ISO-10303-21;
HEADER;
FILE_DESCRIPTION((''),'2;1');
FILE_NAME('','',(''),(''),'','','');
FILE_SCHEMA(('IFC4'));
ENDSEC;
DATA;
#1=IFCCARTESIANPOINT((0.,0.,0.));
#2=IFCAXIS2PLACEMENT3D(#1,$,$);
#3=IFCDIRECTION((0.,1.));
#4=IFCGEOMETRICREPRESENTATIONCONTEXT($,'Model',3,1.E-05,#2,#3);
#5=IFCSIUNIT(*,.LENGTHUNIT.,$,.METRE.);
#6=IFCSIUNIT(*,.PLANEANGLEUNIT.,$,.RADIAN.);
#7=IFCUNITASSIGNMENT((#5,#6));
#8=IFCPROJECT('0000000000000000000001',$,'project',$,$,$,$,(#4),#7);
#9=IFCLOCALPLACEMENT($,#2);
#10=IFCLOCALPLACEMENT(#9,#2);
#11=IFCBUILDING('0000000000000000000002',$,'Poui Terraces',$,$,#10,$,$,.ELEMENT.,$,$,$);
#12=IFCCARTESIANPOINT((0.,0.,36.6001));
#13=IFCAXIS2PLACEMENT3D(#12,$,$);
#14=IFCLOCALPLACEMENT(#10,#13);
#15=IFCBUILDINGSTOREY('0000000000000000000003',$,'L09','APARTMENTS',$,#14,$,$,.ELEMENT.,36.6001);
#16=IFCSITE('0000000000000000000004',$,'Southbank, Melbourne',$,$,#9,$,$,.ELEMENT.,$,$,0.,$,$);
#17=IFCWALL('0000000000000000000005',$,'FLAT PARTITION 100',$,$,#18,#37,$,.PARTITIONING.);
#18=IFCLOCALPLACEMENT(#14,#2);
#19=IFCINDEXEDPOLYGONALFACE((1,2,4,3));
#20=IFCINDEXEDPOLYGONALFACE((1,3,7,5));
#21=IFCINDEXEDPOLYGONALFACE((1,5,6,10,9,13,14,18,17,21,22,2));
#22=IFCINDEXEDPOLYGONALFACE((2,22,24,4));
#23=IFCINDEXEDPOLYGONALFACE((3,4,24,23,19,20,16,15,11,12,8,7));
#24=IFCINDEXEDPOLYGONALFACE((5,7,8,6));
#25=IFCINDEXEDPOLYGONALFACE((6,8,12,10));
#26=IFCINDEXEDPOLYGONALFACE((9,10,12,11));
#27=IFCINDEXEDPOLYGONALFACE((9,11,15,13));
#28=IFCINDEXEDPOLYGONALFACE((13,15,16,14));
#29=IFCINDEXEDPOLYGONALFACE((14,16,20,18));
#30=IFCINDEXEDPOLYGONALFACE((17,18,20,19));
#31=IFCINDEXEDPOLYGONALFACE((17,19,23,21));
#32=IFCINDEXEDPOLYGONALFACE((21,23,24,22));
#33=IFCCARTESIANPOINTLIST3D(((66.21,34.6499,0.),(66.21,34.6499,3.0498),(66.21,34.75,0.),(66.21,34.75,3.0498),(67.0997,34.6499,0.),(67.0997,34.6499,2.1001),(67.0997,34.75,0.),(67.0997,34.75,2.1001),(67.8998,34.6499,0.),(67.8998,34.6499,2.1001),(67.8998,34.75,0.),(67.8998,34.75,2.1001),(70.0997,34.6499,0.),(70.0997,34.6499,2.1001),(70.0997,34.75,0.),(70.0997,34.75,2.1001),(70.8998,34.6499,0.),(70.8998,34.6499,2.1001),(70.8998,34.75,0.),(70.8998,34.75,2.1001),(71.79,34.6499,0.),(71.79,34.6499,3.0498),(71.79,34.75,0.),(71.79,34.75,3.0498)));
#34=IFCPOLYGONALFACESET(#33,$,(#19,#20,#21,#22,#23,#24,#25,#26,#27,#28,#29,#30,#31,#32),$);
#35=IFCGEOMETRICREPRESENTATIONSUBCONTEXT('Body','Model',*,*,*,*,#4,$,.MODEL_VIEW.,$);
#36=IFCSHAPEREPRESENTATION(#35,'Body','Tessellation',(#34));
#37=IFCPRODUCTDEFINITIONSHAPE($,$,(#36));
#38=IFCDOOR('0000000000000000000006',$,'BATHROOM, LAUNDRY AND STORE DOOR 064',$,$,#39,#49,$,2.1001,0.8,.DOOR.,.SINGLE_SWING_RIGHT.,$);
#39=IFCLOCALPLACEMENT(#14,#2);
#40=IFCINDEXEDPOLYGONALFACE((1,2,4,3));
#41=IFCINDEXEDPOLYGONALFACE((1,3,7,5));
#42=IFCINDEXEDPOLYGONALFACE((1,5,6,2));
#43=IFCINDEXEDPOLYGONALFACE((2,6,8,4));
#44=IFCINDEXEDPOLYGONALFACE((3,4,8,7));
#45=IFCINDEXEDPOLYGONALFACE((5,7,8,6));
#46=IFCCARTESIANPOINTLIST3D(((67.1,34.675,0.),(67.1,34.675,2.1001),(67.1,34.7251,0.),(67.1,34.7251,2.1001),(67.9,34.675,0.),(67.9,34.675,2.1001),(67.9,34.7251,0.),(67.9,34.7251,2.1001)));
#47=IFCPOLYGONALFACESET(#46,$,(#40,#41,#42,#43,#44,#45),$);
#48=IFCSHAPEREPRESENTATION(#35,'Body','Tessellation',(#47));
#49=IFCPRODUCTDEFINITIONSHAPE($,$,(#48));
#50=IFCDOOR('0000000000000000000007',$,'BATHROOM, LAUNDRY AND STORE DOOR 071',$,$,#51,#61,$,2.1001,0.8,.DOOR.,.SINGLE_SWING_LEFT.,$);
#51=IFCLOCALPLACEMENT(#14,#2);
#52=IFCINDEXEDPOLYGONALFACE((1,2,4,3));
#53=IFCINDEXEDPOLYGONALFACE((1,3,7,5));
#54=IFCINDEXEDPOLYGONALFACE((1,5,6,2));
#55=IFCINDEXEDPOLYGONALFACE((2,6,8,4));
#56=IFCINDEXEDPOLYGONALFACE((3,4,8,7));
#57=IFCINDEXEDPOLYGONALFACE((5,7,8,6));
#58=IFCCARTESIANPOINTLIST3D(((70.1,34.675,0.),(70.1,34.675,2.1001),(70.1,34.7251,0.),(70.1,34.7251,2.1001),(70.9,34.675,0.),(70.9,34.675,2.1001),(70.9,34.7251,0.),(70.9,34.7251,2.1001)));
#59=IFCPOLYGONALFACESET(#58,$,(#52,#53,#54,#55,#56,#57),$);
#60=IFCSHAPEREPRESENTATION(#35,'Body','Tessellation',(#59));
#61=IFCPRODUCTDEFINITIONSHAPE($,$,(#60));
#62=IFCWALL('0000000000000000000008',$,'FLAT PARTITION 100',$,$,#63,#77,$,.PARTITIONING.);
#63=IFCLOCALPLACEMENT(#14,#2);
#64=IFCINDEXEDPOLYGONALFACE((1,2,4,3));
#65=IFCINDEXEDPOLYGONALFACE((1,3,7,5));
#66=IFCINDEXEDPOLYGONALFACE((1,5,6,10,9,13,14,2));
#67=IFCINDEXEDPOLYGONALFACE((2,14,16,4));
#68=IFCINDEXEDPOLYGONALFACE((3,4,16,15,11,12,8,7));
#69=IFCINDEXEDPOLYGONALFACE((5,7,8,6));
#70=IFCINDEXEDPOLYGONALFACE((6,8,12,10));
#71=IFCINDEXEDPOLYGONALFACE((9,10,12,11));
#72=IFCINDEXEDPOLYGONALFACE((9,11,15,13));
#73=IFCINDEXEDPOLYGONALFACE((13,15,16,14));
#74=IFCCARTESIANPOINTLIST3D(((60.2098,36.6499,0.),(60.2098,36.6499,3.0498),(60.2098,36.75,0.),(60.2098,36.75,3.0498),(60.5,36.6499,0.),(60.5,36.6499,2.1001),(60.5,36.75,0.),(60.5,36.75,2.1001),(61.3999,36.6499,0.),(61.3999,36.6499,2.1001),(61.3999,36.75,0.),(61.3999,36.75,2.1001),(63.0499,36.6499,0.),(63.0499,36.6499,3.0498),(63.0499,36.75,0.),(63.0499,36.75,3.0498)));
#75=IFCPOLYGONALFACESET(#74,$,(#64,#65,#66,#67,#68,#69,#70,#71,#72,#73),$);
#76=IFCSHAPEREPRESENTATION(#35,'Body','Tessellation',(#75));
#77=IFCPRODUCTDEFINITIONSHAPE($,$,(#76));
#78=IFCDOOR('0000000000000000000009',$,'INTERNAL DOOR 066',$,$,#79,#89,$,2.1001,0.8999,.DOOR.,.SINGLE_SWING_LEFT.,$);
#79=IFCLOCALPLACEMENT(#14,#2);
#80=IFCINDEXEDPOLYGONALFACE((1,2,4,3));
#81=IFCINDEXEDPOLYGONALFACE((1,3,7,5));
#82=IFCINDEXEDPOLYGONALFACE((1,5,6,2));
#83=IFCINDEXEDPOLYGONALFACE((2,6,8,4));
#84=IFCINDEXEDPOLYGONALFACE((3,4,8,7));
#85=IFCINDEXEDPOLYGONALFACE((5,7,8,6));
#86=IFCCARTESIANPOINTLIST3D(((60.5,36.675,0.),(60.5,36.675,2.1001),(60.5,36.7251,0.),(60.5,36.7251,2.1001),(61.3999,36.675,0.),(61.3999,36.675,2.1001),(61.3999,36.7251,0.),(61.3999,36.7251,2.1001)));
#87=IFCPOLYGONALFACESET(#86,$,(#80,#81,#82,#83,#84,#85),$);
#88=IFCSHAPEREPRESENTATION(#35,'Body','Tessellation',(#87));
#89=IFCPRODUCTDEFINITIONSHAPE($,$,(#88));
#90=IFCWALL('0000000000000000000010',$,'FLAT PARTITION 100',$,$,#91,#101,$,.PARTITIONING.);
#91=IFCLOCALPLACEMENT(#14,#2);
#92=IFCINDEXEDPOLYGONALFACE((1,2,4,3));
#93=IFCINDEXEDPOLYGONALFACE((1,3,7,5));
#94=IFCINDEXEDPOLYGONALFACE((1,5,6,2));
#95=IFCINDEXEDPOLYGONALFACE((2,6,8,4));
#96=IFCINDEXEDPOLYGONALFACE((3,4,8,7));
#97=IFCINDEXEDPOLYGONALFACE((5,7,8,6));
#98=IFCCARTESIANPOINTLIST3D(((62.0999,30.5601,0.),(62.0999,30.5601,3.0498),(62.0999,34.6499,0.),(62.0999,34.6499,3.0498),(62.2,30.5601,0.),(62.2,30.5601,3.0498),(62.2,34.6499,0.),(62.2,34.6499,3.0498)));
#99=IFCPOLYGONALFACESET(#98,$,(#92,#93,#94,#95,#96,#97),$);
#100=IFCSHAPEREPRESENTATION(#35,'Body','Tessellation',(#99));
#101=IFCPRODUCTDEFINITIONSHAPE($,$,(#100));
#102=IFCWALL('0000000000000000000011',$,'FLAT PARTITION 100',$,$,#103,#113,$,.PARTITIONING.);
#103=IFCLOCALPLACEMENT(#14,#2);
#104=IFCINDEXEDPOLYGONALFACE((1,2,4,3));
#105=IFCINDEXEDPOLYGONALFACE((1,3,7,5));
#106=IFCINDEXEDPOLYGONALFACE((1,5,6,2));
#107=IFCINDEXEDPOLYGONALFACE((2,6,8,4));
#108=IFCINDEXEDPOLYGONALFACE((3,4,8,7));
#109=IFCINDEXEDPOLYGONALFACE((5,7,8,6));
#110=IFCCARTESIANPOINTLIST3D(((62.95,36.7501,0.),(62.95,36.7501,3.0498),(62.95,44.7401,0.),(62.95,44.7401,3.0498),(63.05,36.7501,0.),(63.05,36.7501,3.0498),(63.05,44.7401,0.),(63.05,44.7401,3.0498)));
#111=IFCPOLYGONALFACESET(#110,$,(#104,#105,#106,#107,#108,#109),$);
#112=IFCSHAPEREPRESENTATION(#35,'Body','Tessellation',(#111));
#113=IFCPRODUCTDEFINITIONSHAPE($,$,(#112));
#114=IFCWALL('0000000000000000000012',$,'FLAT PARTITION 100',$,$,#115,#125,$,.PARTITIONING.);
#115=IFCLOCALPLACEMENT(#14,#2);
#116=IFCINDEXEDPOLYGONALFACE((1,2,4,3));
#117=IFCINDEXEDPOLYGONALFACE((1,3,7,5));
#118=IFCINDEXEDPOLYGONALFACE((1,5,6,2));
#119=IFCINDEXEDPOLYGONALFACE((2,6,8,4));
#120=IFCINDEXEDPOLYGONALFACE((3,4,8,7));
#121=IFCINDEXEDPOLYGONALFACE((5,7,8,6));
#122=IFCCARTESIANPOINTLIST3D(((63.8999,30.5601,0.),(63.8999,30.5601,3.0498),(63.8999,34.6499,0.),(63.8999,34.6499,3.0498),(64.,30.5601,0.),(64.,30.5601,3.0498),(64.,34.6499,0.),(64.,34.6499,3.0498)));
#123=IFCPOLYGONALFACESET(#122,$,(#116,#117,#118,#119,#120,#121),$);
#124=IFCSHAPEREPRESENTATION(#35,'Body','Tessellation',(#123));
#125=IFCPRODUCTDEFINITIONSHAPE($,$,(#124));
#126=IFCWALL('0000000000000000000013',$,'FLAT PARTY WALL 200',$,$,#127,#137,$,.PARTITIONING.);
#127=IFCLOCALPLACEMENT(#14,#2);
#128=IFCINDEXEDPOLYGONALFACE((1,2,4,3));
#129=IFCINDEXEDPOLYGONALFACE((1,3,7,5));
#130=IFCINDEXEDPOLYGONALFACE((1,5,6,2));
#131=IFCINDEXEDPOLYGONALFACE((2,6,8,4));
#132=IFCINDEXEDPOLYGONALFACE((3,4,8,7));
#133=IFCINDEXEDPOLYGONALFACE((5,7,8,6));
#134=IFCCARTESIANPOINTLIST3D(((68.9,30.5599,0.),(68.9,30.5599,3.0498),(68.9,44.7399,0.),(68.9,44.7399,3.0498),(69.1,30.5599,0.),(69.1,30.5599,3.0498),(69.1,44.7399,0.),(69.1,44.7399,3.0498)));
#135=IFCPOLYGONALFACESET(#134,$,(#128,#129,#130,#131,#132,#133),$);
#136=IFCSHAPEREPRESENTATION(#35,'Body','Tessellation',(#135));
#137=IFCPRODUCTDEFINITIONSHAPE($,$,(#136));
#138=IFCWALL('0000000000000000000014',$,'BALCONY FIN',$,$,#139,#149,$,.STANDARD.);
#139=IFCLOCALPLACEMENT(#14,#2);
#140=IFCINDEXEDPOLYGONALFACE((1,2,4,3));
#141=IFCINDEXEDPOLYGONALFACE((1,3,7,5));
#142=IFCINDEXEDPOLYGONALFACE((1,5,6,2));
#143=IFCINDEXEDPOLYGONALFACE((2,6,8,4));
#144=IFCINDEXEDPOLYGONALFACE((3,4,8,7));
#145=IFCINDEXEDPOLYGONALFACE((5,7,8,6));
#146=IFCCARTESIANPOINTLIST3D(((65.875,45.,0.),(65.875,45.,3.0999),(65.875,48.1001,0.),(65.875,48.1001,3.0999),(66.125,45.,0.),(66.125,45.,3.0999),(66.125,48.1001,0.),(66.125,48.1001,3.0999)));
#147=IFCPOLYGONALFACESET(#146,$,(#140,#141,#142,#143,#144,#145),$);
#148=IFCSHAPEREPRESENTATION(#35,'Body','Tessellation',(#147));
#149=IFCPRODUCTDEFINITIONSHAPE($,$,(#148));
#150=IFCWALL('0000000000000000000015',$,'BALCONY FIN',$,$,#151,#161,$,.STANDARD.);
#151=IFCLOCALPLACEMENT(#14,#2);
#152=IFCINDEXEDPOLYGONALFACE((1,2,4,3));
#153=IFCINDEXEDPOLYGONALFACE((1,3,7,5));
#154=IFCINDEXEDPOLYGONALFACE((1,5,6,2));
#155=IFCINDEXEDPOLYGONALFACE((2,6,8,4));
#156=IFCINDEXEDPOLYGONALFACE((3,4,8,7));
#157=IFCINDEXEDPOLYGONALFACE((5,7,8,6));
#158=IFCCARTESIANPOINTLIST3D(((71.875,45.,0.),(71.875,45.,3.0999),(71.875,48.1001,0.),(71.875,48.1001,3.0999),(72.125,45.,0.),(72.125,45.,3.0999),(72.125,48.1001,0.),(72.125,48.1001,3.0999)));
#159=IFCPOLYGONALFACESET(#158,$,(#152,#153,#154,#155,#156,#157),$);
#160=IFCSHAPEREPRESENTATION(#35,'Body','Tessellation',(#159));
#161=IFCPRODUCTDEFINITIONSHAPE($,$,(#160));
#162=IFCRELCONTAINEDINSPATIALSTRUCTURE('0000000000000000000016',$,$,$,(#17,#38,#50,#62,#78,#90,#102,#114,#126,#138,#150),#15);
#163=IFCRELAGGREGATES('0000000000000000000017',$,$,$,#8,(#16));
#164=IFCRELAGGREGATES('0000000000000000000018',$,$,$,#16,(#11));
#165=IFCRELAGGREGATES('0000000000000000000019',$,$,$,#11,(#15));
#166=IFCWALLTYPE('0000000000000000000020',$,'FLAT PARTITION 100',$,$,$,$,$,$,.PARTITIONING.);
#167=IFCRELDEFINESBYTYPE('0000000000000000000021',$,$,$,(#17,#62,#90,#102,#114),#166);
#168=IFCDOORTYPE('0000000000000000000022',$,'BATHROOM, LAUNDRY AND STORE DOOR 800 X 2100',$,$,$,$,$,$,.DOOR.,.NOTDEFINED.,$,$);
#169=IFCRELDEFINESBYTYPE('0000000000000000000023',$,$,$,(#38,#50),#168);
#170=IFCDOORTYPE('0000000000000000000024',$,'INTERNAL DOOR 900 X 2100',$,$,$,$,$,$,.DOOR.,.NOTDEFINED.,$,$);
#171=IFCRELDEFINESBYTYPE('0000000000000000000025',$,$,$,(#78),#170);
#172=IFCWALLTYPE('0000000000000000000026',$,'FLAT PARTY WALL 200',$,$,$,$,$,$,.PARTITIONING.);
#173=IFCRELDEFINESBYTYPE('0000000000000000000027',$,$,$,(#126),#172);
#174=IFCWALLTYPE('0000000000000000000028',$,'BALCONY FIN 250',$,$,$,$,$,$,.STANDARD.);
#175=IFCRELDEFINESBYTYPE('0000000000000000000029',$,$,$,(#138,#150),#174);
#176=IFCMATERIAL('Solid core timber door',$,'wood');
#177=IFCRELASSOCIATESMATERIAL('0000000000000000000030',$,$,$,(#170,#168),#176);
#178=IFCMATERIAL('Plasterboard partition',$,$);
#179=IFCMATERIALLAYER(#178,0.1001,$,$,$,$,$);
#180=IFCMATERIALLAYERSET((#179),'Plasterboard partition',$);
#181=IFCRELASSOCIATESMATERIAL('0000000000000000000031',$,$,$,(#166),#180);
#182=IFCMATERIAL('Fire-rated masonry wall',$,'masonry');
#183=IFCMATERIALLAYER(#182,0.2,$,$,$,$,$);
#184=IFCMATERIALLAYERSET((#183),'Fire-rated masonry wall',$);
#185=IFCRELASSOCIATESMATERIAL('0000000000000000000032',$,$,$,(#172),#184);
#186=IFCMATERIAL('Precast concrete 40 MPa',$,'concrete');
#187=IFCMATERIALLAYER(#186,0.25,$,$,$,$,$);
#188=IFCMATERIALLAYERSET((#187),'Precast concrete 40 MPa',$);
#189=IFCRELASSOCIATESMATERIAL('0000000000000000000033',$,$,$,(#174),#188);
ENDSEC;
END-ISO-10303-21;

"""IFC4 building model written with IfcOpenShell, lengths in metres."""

from ifc_helpers import new_model, si_unit, direction, frame, frame_2d, origin, place, context, subcontext, project, spatial, polyline, rectangle, outline, extrude, source, transform, mapped, material, layer, layer_set, type_object, element, fill, save


model = new_model("IFC4")

# Units and contexts
model_context = context("Model", 3, precision=1e-05, world=origin(), true_north=direction((0.0, 1.0)))
body_context = subcontext(model_context, "Body", "Model", "MODEL_VIEW")
ifc_project = project(units=[si_unit("LENGTHUNIT", "METRE"), si_unit("PLANEANGLEUNIT", "RADIAN")], contexts=[model_context])

# Site, building, storey
site_placement = place(None, origin())
site = spatial("IfcSite", under=ifc_project, at=site_placement, Name="Southbank, Melbourne", CompositionType="ELEMENT", RefElevation=0.0)
building_placement = place(site_placement, origin())
building = spatial("IfcBuilding", under=site, at=building_placement, Name="Poui Terraces", CompositionType="ELEMENT")
storey_placement = place(building_placement, frame((0.0, 0.0, 36.6001)))
storey = spatial("IfcBuildingStorey", under=building, at=storey_placement, Name="L09", Description="APARTMENTS", CompositionType="ELEMENT", Elevation=36.6001)

# Shared definitions
ifc_material_1 = material(Name="Solid core timber door", Category="wood")
door_type_1 = type_object("IfcDoorType", Name="INTERNAL DOOR 900 X 2100", OperationType="NOTDEFINED", PredefinedType="DOOR", material=ifc_material_1)
ifc_material_2 = material(Name="Plasterboard partition")
ifc_layer_1 = layer(ifc_material_2, 0.1001)
ifc_layer_set_1 = layer_set([ifc_layer_1], Name="Plasterboard partition")
wall_type_1 = type_object("IfcWallType", Name="FLAT PARTITION 100", PredefinedType="PARTITIONING", material=ifc_layer_set_1)
door_type_2 = type_object("IfcDoorType", Name="BATHROOM, LAUNDRY AND STORE DOOR 800 X 2100", OperationType="NOTDEFINED", PredefinedType="DOOR", material=ifc_material_1)

# Wall, openings, doors
wall_1_placement = place(storey_placement, frame((66.21, 34.7, 0.0), z_axis=(0.0, 0.0, 1.0), x_axis=(1.0, 0.0, 0.0)))
wall_1 = element("IfcWall", 1, at=wall_1_placement, inside=storey, type_object=wall_type_1, Name="FLAT PARTITION 100", PredefinedType="PARTITIONING", context=body_context, shape_type="SweptSolid", body=[
    extrude(rectangle(XDim=5.5801, YDim=0.1001, at=frame_2d((2.79, 0.0))), origin(), (0.0, 0.0, 1.0), 3.0498),
])
opening_1_placement = place(wall_1_placement, frame((0.8899, 0.0, 0.0)))
opening_1 = element("IfcOpeningElement", 2, at=opening_1_placement, cuts=wall_1, PredefinedType="OPENING", context=body_context, shape_type="SweptSolid", body=[
    extrude(rectangle(XDim=0.8, YDim=2.1001, at=frame_2d((0.3999, 1.05))), frame((0.0, 0.0601, 0.0), z_axis=(0.0, -1.0, 0.0), x_axis=(1.0, 0.0, 0.0)), (0.0, 0.0, 1.0), 0.1201),
])
opening_2_placement = place(wall_1_placement, frame((3.8899, 0.0, 0.0)))
opening_2 = element("IfcOpeningElement", 3, at=opening_2_placement, cuts=wall_1, PredefinedType="OPENING", context=body_context, shape_type="SweptSolid", body=[
    extrude(rectangle(XDim=0.8, YDim=2.1001, at=frame_2d((0.3999, 1.05))), frame((0.0, 0.0601, 0.0), z_axis=(0.0, -1.0, 0.0), x_axis=(1.0, 0.0, 0.0)), (0.0, 0.0, 1.0), 0.1201),
])
door_1_placement = place(opening_1_placement, frame((0.8, 0.0, 0.0), z_axis=(0.0, 0.0, 1.0), x_axis=(-1.0, 0.0, 0.0)))
door_1 = element("IfcDoor", 4, at=door_1_placement, inside=storey, type_object=door_type_2, Name="BATHROOM, LAUNDRY AND STORE DOOR 064", OperationType="SINGLE_SWING_RIGHT", OverallHeight=2.1001, OverallWidth=0.8, PredefinedType="DOOR", context=body_context, shape_type="SweptSolid", body=[
    extrude(rectangle(XDim=0.8, YDim=2.1001, at=frame_2d((0.3999, 1.05))), frame((0.0, 0.0249, 0.0), z_axis=(0.0, -1.0, 0.0), x_axis=(1.0, 0.0, 0.0)), (0.0, 0.0, 1.0), 0.05),
])
fill(opening_1, door_1)
door_2_placement = place(opening_2_placement, frame((0.8, 0.0, 0.0), z_axis=(0.0, 0.0, 1.0), x_axis=(-1.0, 0.0, 0.0)))
door_2 = element("IfcDoor", 5, at=door_2_placement, inside=storey, type_object=door_type_2, Name="BATHROOM, LAUNDRY AND STORE DOOR 071", OperationType="SINGLE_SWING_LEFT", OverallHeight=2.1001, OverallWidth=0.8, PredefinedType="DOOR", context=body_context, shape_type="SweptSolid", body=[
    extrude(rectangle(XDim=0.8, YDim=2.1001, at=frame_2d((0.3999, 1.05))), frame((0.0, 0.0249, 0.0), z_axis=(0.0, -1.0, 0.0), x_axis=(1.0, 0.0, 0.0)), (0.0, 0.0, 1.0), 0.05),
])
fill(opening_2, door_2)

# Wall, opening, door
wall_2_placement = place(storey_placement, frame((60.21, 36.7, 0.0), z_axis=(0.0, 0.0, 1.0), x_axis=(1.0, 0.0, 0.0)))
wall_2 = element("IfcWall", 6, at=wall_2_placement, inside=storey, type_object=wall_type_1, Name="FLAT PARTITION 100", PredefinedType="PARTITIONING", context=body_context, shape_type="SweptSolid", body=[
    extrude(rectangle(XDim=2.8401, YDim=0.1001, at=frame_2d((1.4199, 0.0))), origin(), (0.0, 0.0, 1.0), 3.0498),
])
opening_3_placement = place(wall_2_placement, frame((0.29, 0.0, 0.0)))
opening_3 = element("IfcOpeningElement", 7, at=opening_3_placement, cuts=wall_2, PredefinedType="OPENING", context=body_context, shape_type="SweptSolid", body=[
    extrude(rectangle(XDim=0.8999, YDim=2.1001, at=frame_2d((0.45, 1.05))), frame((0.0, 0.0601, 0.0), z_axis=(0.0, -1.0, 0.0), x_axis=(1.0, 0.0, 0.0)), (0.0, 0.0, 1.0), 0.1201),
])
door_3_placement = place(opening_3_placement, frame((0.8999, 0.0, 0.0), z_axis=(0.0, 0.0, 1.0), x_axis=(-1.0, 0.0, 0.0)))
door_3 = element("IfcDoor", 8, at=door_3_placement, inside=storey, type_object=door_type_1, Name="INTERNAL DOOR 066", OperationType="SINGLE_SWING_LEFT", OverallHeight=2.1001, OverallWidth=0.8999, PredefinedType="DOOR", context=body_context, shape_type="SweptSolid", body=[
    extrude(rectangle(XDim=0.8999, YDim=2.1001, at=frame_2d((0.45, 1.05))), frame((0.0, 0.0249, 0.0), z_axis=(0.0, -1.0, 0.0), x_axis=(1.0, 0.0, 0.0)), (0.0, 0.0, 1.0), 0.05),
])
fill(opening_3, door_3)

# Walls
wall_3_placement = place(storey_placement, frame((62.1499, 30.5601, 0.0), z_axis=(0.0, 0.0, 1.0), x_axis=(0.0, 1.0, 0.0)))
element("IfcWall", 9, at=wall_3_placement, inside=storey, type_object=wall_type_1, Name="FLAT PARTITION 100", PredefinedType="PARTITIONING", context=body_context, shape_type="SweptSolid", body=[
    extrude(rectangle(XDim=4.0898, YDim=0.1001, at=frame_2d((2.0449, 0.0))), origin(), (0.0, 0.0, 1.0), 3.0498),
])
wall_4_placement = place(storey_placement, frame((63.0, 36.75, 0.0), z_axis=(0.0, 0.0, 1.0), x_axis=(0.0, 1.0, 0.0)))
element("IfcWall", 10, at=wall_4_placement, inside=storey, type_object=wall_type_1, Name="FLAT PARTITION 100", PredefinedType="PARTITIONING", context=body_context, shape_type="SweptSolid", body=[
    extrude(rectangle(XDim=7.99, YDim=0.1001, at=frame_2d((3.9951, 0.0))), origin(), (0.0, 0.0, 1.0), 3.0498),
])
wall_5_placement = place(storey_placement, frame((63.95, 30.5601, 0.0), z_axis=(0.0, 0.0, 1.0), x_axis=(0.0, 1.0, 0.0)))
element("IfcWall", 11, at=wall_5_placement, inside=storey, type_object=wall_type_1, Name="FLAT PARTITION 100", PredefinedType="PARTITIONING", context=body_context, shape_type="SweptSolid", body=[
    extrude(rectangle(XDim=4.0898, YDim=0.1001, at=frame_2d((2.0449, 0.0))), origin(), (0.0, 0.0, 1.0), 3.0498),
])
ifc_material_3 = material(Name="Fire-rated masonry wall", Category="masonry")
ifc_layer_2 = layer(ifc_material_3, 0.2)
ifc_layer_set_2 = layer_set([ifc_layer_2], Name="Fire-rated masonry wall")
wall_type_2 = type_object("IfcWallType", Name="FLAT PARTY WALL 200", PredefinedType="PARTITIONING", material=ifc_layer_set_2)
wall_6_placement = place(storey_placement, frame((69.0, 30.5601, 0.0), z_axis=(0.0, 0.0, 1.0), x_axis=(0.0, 1.0, 0.0)))
element("IfcWall", 12, at=wall_6_placement, inside=storey, type_object=wall_type_2, Name="FLAT PARTY WALL 200", PredefinedType="PARTITIONING", context=body_context, shape_type="SweptSolid", body=[
    extrude(rectangle(XDim=14.1799, YDim=0.2, at=frame_2d((7.0898, 0.0))), origin(), (0.0, 0.0, 1.0), 3.0498),
])
ifc_material_4 = material(Name="Precast concrete 40 MPa", Category="concrete")
ifc_layer_3 = layer(ifc_material_4, 0.25)
ifc_layer_set_3 = layer_set([ifc_layer_3], Name="Precast concrete 40 MPa")
wall_type_3 = type_object("IfcWallType", Name="BALCONY FIN 250", PredefinedType="STANDARD", material=ifc_layer_set_3)
shared_shape_1 = source(origin(), body_context, "Body", "SweptSolid", [
    extrude(outline(polyline([(0.0, 0.0), (0.25, 0.0), (0.25, 3.1001), (0.0, 3.1001), (0.0, 0.0)])), origin(), (0.0, 0.0, 1.0), 3.0999),
])
for number, where, name in (
    (13, (65.875, 45.0, 0.0), "BALCONY FIN"),
    (14, (71.875, 45.0, 0.0), "BALCONY FIN"),
):
    element("IfcWall", number, at=place(storey_placement, frame(where)), inside=storey, type_object=wall_type_3, Name=name, PredefinedType="STANDARD", context=body_context, shape_type="MappedRepresentation", body=[
        mapped(shared_shape_1, transform((0.0, 0.0, 0.0))),
    ])

save(model, "model.ifc")
